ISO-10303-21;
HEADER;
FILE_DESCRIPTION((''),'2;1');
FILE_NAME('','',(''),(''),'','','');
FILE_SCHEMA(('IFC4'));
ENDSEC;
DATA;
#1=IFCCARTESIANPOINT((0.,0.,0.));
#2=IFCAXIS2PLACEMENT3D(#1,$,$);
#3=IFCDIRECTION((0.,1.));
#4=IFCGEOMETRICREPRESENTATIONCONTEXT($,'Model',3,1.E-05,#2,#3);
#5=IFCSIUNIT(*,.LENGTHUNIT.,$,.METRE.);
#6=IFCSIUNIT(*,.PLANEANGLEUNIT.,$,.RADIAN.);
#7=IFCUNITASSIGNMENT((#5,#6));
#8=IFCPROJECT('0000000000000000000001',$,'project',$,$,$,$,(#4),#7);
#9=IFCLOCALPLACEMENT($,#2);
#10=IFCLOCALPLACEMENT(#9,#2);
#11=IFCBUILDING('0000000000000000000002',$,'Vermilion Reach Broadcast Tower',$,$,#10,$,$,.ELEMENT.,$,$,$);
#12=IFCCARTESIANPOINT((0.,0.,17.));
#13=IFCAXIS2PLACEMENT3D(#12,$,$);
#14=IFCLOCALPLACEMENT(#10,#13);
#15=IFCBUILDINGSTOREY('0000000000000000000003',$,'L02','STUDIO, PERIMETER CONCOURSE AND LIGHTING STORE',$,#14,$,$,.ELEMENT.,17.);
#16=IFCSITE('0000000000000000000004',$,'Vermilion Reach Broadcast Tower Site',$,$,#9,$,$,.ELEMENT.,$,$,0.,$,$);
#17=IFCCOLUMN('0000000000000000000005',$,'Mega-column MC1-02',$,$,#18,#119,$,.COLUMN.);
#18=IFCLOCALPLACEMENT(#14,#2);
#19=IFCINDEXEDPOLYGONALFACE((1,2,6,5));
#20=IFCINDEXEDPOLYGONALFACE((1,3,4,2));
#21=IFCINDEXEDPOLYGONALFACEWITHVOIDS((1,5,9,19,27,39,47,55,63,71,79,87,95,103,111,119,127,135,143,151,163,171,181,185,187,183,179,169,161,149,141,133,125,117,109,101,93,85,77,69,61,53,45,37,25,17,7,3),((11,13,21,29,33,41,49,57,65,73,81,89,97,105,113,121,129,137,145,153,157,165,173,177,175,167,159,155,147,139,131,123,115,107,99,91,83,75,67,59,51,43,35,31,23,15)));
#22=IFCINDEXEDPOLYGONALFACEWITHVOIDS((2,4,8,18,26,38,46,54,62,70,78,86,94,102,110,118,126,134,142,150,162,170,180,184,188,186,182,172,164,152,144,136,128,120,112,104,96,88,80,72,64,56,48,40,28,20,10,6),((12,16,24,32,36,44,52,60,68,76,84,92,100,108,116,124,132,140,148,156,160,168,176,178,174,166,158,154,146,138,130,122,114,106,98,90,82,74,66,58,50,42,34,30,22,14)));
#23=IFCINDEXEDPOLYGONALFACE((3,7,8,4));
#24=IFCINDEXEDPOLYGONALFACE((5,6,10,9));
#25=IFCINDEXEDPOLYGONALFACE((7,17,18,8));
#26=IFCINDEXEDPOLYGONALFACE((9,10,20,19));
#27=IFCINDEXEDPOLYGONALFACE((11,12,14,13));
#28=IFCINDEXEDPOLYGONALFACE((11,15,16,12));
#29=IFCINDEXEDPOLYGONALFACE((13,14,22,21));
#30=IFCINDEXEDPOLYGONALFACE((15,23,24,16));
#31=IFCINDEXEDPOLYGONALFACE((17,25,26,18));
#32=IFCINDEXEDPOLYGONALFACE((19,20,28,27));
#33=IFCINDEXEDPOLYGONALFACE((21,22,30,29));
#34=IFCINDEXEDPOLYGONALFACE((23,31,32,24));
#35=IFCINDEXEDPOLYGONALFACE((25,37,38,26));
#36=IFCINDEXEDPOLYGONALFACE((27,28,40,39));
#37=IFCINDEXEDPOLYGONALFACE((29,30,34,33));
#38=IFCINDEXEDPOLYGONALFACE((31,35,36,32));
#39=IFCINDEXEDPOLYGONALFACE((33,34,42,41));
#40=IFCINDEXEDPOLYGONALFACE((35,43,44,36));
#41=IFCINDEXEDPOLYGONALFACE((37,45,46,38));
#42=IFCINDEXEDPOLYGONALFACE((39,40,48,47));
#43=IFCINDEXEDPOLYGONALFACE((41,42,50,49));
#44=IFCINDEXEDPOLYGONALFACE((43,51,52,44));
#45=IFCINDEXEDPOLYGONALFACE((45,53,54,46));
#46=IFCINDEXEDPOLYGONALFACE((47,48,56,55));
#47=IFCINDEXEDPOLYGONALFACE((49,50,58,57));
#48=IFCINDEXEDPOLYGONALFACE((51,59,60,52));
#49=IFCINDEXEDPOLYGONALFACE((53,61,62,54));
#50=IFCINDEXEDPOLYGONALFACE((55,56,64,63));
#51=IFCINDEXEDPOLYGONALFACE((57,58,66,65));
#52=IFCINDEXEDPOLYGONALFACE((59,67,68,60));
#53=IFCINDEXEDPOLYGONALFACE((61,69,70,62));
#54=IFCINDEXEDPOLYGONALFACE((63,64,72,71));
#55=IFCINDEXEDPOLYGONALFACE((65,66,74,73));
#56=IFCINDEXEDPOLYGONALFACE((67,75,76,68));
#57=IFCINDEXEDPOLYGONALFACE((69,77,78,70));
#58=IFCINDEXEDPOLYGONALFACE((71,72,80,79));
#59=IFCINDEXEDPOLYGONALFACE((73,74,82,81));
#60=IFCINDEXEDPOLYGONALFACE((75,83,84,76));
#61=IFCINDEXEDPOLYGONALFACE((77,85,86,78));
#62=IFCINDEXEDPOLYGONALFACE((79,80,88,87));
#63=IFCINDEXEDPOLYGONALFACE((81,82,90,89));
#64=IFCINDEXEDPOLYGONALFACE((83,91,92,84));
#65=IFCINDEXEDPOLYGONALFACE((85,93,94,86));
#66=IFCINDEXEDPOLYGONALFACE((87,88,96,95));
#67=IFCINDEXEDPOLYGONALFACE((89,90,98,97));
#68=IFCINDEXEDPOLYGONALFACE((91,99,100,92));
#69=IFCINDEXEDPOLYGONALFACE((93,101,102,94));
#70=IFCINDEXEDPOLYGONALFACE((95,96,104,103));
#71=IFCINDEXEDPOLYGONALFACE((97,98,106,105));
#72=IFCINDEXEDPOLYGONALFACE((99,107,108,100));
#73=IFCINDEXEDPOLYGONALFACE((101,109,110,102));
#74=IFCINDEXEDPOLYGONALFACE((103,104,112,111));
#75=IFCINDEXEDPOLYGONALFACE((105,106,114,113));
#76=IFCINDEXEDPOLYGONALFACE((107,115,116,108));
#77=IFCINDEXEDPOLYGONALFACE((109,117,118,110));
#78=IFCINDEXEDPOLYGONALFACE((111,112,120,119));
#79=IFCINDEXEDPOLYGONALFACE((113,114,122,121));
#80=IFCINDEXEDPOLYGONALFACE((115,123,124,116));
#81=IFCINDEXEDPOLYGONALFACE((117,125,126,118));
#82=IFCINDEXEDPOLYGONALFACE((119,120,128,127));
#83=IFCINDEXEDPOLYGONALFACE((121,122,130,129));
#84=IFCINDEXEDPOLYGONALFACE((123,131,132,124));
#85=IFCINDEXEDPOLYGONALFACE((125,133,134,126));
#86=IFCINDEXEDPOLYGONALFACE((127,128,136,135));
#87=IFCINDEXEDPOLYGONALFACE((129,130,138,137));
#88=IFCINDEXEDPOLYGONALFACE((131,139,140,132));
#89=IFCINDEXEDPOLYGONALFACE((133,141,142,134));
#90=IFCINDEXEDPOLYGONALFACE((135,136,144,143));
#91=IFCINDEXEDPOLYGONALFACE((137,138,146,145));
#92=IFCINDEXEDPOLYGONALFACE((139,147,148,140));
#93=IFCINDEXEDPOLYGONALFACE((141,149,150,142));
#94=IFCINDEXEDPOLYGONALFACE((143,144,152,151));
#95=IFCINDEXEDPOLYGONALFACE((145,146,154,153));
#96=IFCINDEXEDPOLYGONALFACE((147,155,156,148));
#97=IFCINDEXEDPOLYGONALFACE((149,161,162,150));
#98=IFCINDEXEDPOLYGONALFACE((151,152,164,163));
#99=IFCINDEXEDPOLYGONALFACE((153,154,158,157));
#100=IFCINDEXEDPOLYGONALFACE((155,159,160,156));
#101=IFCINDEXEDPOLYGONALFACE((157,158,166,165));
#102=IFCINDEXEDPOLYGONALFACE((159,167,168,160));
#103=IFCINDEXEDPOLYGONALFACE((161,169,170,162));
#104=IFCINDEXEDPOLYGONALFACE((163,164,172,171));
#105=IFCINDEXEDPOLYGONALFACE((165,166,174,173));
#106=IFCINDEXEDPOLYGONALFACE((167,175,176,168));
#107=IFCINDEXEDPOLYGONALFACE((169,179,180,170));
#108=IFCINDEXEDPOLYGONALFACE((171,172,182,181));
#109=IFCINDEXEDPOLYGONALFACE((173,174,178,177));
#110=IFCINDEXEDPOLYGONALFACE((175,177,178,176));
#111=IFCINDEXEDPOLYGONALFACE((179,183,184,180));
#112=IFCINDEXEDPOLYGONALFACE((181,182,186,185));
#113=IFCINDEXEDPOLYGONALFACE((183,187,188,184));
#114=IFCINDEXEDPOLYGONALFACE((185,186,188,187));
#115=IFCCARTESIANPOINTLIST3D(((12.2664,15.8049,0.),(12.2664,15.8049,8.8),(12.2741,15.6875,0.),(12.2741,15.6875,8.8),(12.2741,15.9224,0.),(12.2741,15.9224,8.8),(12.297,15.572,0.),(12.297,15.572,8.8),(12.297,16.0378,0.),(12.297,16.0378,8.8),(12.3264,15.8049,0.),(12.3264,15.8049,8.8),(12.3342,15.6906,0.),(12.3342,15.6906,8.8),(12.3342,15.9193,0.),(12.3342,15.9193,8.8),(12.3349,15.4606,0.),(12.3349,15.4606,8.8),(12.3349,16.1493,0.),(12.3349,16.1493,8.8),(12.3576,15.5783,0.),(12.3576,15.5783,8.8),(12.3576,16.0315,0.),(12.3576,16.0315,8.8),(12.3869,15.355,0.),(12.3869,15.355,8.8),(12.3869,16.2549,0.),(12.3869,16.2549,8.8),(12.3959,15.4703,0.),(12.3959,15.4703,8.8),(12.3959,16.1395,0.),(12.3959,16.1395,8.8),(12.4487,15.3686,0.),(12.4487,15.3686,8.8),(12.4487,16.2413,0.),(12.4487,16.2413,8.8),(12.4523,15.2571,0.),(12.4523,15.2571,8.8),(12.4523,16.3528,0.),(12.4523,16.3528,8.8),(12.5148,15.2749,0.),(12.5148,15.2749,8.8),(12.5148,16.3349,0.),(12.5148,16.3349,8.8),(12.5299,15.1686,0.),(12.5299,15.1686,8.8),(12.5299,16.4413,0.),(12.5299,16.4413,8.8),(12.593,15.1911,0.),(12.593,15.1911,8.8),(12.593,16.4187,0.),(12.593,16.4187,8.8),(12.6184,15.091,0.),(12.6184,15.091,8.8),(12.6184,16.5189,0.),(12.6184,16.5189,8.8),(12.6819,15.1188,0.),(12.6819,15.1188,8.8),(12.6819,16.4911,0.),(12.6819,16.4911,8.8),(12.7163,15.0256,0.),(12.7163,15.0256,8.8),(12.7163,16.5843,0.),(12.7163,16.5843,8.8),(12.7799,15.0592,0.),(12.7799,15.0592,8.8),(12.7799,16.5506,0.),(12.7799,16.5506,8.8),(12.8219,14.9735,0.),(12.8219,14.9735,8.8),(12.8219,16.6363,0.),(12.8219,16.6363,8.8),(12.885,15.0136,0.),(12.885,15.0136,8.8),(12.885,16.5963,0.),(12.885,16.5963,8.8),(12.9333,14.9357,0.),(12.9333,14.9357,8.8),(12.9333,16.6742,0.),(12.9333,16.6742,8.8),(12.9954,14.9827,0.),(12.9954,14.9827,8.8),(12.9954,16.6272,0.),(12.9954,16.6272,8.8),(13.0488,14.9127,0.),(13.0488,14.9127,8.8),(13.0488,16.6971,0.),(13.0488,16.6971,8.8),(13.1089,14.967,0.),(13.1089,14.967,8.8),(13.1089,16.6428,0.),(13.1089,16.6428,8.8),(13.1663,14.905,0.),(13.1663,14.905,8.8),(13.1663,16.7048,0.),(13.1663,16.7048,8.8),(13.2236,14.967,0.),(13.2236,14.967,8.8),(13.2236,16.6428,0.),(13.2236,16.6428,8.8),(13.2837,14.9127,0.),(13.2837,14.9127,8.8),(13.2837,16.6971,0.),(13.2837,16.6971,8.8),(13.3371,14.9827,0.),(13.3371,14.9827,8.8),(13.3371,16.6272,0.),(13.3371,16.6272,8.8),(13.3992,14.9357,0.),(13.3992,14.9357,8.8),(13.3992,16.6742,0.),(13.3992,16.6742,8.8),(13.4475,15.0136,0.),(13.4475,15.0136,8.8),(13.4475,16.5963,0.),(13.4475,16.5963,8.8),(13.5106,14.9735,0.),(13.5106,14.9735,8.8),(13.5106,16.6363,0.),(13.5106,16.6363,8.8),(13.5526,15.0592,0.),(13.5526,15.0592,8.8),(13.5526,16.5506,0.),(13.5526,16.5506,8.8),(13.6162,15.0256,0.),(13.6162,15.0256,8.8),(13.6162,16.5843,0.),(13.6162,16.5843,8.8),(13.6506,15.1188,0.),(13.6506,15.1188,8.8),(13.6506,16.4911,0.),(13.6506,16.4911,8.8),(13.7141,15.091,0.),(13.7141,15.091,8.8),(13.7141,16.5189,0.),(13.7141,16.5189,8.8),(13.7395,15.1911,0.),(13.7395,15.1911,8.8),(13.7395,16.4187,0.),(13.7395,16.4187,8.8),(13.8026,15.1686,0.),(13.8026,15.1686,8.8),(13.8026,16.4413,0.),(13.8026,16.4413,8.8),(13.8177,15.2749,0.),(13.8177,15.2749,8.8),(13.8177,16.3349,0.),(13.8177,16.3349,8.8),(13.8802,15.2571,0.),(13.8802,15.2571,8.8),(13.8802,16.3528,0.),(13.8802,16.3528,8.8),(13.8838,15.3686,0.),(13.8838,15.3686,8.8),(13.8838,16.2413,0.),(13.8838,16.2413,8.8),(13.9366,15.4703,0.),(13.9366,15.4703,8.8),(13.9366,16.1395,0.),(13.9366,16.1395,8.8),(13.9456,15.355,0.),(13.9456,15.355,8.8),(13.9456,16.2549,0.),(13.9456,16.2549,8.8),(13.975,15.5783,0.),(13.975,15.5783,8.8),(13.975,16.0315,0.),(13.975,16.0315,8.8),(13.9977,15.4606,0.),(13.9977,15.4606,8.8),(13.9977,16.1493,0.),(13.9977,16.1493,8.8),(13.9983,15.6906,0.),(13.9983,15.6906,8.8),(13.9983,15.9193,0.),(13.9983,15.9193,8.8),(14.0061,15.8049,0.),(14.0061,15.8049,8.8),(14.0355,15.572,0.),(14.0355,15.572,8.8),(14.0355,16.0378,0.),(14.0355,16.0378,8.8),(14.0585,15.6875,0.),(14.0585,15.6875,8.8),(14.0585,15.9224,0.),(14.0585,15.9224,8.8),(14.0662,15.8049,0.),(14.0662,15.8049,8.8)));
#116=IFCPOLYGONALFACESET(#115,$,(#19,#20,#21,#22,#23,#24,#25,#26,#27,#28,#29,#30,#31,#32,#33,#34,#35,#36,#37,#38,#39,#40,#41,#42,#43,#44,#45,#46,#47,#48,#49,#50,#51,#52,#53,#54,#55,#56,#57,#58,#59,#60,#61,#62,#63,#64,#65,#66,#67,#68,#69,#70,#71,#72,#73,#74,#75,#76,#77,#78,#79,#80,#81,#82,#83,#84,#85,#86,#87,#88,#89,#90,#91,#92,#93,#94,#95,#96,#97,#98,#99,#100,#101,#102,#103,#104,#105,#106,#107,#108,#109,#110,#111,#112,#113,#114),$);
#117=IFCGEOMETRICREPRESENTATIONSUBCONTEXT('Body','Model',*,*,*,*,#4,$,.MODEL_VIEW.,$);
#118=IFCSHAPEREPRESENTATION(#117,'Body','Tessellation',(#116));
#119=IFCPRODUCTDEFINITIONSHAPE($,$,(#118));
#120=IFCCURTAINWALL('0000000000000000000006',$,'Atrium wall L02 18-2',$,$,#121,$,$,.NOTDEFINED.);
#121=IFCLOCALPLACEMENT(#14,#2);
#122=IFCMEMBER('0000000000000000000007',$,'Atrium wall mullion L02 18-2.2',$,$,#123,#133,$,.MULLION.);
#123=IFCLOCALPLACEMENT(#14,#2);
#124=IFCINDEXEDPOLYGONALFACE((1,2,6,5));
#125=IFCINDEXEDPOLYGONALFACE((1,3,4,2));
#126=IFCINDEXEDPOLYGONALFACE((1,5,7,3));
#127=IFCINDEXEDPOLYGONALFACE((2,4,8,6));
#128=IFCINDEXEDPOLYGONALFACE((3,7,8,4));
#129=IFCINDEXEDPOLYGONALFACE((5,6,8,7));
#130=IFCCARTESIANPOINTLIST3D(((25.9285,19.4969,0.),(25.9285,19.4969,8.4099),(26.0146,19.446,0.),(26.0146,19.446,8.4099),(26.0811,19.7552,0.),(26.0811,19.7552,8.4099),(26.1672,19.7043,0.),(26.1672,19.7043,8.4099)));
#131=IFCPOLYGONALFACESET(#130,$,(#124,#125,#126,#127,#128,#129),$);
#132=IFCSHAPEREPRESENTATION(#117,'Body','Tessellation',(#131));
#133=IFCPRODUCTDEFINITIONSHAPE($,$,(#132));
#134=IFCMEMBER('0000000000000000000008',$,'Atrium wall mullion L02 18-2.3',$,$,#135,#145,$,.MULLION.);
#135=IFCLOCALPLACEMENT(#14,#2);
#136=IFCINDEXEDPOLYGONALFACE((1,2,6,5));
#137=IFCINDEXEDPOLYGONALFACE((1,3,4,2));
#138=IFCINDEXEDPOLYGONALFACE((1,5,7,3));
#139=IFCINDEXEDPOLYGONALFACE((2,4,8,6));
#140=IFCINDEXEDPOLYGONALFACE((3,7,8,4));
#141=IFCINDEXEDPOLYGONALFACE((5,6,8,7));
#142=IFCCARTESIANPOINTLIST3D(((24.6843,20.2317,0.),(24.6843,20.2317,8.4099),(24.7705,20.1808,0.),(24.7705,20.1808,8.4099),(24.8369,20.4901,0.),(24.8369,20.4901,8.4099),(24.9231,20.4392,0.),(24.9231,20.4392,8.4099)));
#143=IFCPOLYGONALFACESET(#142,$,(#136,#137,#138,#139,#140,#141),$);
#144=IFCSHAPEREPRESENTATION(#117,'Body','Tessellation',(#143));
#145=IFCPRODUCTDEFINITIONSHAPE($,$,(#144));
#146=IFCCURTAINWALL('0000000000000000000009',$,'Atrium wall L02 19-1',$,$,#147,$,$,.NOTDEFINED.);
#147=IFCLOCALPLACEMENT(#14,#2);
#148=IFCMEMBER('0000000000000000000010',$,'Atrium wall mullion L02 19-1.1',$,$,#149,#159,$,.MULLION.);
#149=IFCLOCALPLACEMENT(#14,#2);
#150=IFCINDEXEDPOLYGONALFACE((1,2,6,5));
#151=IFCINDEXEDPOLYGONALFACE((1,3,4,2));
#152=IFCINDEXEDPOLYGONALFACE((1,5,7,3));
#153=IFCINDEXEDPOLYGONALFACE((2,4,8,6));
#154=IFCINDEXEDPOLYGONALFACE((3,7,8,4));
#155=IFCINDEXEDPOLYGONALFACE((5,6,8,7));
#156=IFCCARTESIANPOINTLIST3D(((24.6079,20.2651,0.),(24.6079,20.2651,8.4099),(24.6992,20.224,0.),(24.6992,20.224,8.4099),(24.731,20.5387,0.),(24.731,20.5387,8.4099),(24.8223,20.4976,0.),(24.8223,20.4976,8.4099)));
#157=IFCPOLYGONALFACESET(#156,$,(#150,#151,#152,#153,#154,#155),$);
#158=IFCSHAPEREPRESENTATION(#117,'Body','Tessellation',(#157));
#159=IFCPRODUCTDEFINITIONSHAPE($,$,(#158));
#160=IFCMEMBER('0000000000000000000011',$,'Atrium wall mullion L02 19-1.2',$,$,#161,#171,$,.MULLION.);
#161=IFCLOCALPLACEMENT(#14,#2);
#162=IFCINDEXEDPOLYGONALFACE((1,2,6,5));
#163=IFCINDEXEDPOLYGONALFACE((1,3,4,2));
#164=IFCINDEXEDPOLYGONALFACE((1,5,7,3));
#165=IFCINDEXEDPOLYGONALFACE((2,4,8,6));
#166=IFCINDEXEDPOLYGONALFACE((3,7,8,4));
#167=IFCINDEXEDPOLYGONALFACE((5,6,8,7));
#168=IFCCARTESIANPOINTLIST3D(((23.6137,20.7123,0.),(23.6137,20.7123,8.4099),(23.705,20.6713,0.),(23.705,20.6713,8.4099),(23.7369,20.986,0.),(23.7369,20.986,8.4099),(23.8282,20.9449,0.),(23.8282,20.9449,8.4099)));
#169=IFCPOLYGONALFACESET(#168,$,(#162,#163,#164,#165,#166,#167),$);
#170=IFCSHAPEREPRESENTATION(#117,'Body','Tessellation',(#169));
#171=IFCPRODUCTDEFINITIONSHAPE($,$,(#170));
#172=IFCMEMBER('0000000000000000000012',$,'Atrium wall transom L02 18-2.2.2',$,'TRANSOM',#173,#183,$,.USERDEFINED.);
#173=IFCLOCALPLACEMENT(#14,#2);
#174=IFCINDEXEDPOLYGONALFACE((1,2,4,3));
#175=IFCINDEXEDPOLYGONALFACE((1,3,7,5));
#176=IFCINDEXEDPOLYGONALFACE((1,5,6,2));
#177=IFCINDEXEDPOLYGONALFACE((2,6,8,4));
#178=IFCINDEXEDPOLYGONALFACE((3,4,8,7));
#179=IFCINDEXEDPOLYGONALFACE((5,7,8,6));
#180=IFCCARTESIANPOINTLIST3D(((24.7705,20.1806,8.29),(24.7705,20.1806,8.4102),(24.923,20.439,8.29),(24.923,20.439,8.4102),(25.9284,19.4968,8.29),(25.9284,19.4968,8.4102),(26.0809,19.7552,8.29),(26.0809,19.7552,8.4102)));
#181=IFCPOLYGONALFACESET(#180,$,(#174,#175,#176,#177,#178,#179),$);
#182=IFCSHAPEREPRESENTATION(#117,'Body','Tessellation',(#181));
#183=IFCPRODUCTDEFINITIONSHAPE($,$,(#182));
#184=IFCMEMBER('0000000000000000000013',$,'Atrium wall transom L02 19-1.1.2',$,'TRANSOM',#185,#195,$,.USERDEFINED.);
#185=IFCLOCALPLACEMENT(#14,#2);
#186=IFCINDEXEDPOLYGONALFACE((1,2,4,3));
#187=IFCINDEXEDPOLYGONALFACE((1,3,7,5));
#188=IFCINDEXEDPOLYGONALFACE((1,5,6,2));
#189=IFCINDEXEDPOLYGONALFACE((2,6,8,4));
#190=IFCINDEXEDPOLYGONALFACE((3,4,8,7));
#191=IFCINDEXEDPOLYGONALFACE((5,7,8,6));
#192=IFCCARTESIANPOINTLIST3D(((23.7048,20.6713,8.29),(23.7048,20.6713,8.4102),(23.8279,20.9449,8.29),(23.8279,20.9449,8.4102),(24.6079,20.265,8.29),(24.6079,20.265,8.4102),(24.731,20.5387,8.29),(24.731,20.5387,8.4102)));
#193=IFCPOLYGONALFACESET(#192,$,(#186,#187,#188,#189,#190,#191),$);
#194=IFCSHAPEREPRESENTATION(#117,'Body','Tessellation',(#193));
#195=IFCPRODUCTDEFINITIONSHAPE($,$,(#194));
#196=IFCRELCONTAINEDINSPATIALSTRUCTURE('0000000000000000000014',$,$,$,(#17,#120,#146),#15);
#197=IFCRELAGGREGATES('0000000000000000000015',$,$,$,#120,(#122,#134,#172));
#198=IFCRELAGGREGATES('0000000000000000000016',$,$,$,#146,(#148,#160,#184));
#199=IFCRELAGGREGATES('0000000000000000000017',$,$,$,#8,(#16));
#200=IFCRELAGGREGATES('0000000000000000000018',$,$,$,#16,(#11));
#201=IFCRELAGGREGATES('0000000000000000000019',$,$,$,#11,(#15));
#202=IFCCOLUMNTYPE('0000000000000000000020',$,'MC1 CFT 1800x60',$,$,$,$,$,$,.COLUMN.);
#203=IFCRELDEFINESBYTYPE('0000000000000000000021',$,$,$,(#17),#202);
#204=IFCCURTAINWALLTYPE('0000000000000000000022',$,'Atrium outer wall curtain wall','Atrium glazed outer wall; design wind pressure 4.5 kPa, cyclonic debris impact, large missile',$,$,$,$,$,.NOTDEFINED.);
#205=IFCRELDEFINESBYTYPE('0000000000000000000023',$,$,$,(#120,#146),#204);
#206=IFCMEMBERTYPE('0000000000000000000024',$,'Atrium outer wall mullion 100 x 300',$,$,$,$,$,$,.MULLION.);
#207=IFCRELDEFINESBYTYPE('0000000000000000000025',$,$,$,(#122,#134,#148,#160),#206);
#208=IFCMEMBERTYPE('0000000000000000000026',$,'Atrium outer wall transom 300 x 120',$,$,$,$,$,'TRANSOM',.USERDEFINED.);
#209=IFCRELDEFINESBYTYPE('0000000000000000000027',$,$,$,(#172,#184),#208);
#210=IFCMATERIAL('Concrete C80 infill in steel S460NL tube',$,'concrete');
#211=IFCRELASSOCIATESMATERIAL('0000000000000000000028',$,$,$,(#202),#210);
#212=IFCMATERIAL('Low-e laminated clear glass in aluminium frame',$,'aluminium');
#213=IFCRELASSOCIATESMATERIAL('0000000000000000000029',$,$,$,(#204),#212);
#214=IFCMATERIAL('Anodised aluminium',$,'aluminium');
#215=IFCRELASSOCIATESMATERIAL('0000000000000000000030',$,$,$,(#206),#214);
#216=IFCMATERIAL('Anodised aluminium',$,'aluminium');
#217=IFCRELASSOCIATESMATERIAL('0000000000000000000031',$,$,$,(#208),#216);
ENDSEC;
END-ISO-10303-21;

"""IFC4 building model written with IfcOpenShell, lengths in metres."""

from ifc_helpers import new_model, si_unit, direction, frame, origin, origin_2d, place, context, subcontext, project, spatial, rectangle, hollow_circle, extrude, material, material_profile, profile_set, type_object, element, aggregate, save


model = new_model("IFC4")

# Units and contexts
model_context = context("Model", 3, precision=1e-05, world=origin(), true_north=direction((0.0, 1.0)))
body_context = subcontext(model_context, "Body", "Model", "MODEL_VIEW")
ifc_project = project(units=[si_unit("LENGTHUNIT", "METRE"), si_unit("PLANEANGLEUNIT", "RADIAN")], contexts=[model_context])

# Site, building, storey
site_placement = place(None, origin())
site = spatial("IfcSite", under=ifc_project, at=site_placement, Name="Vermilion Reach Broadcast Tower Site", CompositionType="ELEMENT", RefElevation=0.0)
building_placement = place(site_placement, origin())
building = spatial("IfcBuilding", under=site, at=building_placement, Name="Vermilion Reach Broadcast Tower", CompositionType="ELEMENT")
storey_placement = place(building_placement, frame((0.0, 0.0, 17.0)))
storey = spatial("IfcBuildingStorey", under=building, at=storey_placement, Name="L02", Description="STUDIO, PERIMETER CONCOURSE AND LIGHTING STORE", CompositionType="ELEMENT", Elevation=17.0)

# Column
ifc_material_1 = material(Name="Concrete C80 infill in steel S460NL tube", Category="concrete")
ifc_material_profile_1 = material_profile(ifc_material_1, hollow_circle(Radius=0.8999, WallThickness=0.0601, at=origin_2d()), Name="Concrete C80 infill in steel S460NL tube CFT 1800x60")
ifc_profile_set_1 = profile_set([ifc_material_profile_1], Name="Concrete C80 infill in steel S460NL tube")
column_type = type_object("IfcColumnType", Name="MC1 CFT 1800x60", PredefinedType="COLUMN", material=ifc_profile_set_1)
for number, where, z_axis, x_axis, name in (
    (1, (13.1663, 15.8049, 0.0), (0.0, 0.0, 1.0), (1.0, 0.0, 0.0), "Mega-column MC1-02"),
):
    element("IfcColumn", number, at=place(storey_placement, frame(where, z_axis=z_axis, x_axis=x_axis)), inside=storey, type_object=column_type, Name=name, PredefinedType="COLUMN", context=body_context, shape_type="SweptSolid", body=[
        extrude(hollow_circle(Radius=0.8999, WallThickness=0.0601, at=origin_2d()), origin(), (0.0, 0.0, 1.0), 8.8),
    ])

# Curtain walls, members
ifc_material_2 = material(Name="Low-e laminated clear glass in aluminium frame", Category="aluminium")
curtain_wall_type = type_object("IfcCurtainWallType", Name="Atrium outer wall curtain wall", Description="Atrium glazed outer wall; design wind pressure 4.5 kPa, cyclonic debris impact, large missile", PredefinedType="NOTDEFINED", material=ifc_material_2)
placement = place(storey_placement, origin())
curtain_wall_1 = element("IfcCurtainWall", 2, at=placement, inside=storey, type_object=curtain_wall_type, Name="Atrium wall L02 18-2", PredefinedType="NOTDEFINED")
ifc_material_3 = material(Name="Anodised aluminium", Category="aluminium")
ifc_material_profile_2 = material_profile(ifc_material_3, rectangle(XDim=0.3, YDim=0.1001, at=origin_2d()), Name="Atrium outer wall mullion 100 x 300")
ifc_profile_set_2 = profile_set([ifc_material_profile_2], Name="Anodised aluminium")
member_type_1 = type_object("IfcMemberType", Name="Atrium outer wall mullion 100 x 300", PredefinedType="MULLION", material=ifc_profile_set_2)
member_1_placement = place(storey_placement, frame((26.0479, 19.6006, 0.0), z_axis=(0.0, 0.0, 1.0), x_axis=(-0.50859, -0.861009, 0.0)))
member_1 = element("IfcMember", 3, at=member_1_placement, type_object=member_type_1, Name="Atrium wall mullion L02 18-2.2", PredefinedType="MULLION", context=body_context, shape_type="SweptSolid", body=[
    extrude(rectangle(XDim=0.3, YDim=0.1001, at=origin_2d()), origin(), (0.0, 0.0, 1.0), 8.4099),
])
member_2_placement = place(storey_placement, frame((24.8037, 20.3354, 0.0), z_axis=(0.0, 0.0, 1.0), x_axis=(-0.50859, -0.861009, 0.0)))
member_2 = element("IfcMember", 4, at=member_2_placement, type_object=member_type_1, Name="Atrium wall mullion L02 18-2.3", PredefinedType="MULLION", context=body_context, shape_type="SweptSolid", body=[
    extrude(rectangle(XDim=0.3, YDim=0.1001, at=origin_2d()), origin(), (0.0, 0.0, 1.0), 8.4099),
])
curtain_wall_2 = element("IfcCurtainWall", 5, at=placement, inside=storey, type_object=curtain_wall_type, Name="Atrium wall L02 19-1", PredefinedType="NOTDEFINED")
member_3_placement = place(storey_placement, frame((24.7151, 20.3813, 0.0), z_axis=(0.0, 0.0, 1.0), x_axis=(-0.410408, -0.911902, 0.0)))
member_3 = element("IfcMember", 6, at=member_3_placement, type_object=member_type_1, Name="Atrium wall mullion L02 19-1.1", PredefinedType="MULLION", context=body_context, shape_type="SweptSolid", body=[
    extrude(rectangle(XDim=0.3, YDim=0.1001, at=origin_2d()), origin(), (0.0, 0.0, 1.0), 8.4099),
])
member_4_placement = place(storey_placement, frame((23.7209, 20.8286, 0.0), z_axis=(0.0, 0.0, 1.0), x_axis=(-0.410408, -0.911902, 0.0)))
member_4 = element("IfcMember", 7, at=member_4_placement, type_object=member_type_1, Name="Atrium wall mullion L02 19-1.2", PredefinedType="MULLION", context=body_context, shape_type="SweptSolid", body=[
    extrude(rectangle(XDim=0.3, YDim=0.1001, at=origin_2d()), origin(), (0.0, 0.0, 1.0), 8.4099),
])

# Members
ifc_material_4 = material(Name="Anodised aluminium", Category="aluminium")
ifc_material_profile_3 = material_profile(ifc_material_4, rectangle(XDim=0.3, YDim=0.1201, at=origin_2d()), Name="Atrium outer wall transom 300 x 120")
ifc_profile_set_3 = profile_set([ifc_material_profile_3], Name="Anodised aluminium")
member_type_2 = type_object("IfcMemberType", Name="Atrium outer wall transom 300 x 120", ElementType="TRANSOM", PredefinedType="USERDEFINED", material=ifc_profile_set_3)
member_5_placement = place(storey_placement, frame((26.0046, 19.626, 8.3501), z_axis=(-0.86106, 0.508503, 0.0), x_axis=(-0.508503, -0.86106, 0.0)))
member_5 = element("IfcMember", 8, at=member_5_placement, type_object=member_type_2, Name="Atrium wall transom L02 18-2.2.2", ObjectType="TRANSOM", PredefinedType="USERDEFINED", context=body_context, shape_type="SweptSolid", body=[
    extrude(rectangle(XDim=0.3, YDim=0.1201, at=origin_2d()), origin(), (0.0, 0.0, 1.0), 1.3447),
])
member_6_placement = place(storey_placement, frame((24.6694, 20.4019, 8.3501), z_axis=(-0.911972, 0.410252, 0.0), x_axis=(-0.410252, -0.911972, 0.0)))
member_6 = element("IfcMember", 9, at=member_6_placement, type_object=member_type_2, Name="Atrium wall transom L02 19-1.1.2", ObjectType="TRANSOM", PredefinedType="USERDEFINED", context=body_context, shape_type="SweptSolid", body=[
    extrude(rectangle(XDim=0.3, YDim=0.1201, at=origin_2d()), origin(), (0.0, 0.0, 1.0), 0.9902),
])

aggregate(curtain_wall_1, [member_1, member_2, member_5])
aggregate(curtain_wall_2, [member_3, member_4, member_6])

save(model, "model.ifc")
